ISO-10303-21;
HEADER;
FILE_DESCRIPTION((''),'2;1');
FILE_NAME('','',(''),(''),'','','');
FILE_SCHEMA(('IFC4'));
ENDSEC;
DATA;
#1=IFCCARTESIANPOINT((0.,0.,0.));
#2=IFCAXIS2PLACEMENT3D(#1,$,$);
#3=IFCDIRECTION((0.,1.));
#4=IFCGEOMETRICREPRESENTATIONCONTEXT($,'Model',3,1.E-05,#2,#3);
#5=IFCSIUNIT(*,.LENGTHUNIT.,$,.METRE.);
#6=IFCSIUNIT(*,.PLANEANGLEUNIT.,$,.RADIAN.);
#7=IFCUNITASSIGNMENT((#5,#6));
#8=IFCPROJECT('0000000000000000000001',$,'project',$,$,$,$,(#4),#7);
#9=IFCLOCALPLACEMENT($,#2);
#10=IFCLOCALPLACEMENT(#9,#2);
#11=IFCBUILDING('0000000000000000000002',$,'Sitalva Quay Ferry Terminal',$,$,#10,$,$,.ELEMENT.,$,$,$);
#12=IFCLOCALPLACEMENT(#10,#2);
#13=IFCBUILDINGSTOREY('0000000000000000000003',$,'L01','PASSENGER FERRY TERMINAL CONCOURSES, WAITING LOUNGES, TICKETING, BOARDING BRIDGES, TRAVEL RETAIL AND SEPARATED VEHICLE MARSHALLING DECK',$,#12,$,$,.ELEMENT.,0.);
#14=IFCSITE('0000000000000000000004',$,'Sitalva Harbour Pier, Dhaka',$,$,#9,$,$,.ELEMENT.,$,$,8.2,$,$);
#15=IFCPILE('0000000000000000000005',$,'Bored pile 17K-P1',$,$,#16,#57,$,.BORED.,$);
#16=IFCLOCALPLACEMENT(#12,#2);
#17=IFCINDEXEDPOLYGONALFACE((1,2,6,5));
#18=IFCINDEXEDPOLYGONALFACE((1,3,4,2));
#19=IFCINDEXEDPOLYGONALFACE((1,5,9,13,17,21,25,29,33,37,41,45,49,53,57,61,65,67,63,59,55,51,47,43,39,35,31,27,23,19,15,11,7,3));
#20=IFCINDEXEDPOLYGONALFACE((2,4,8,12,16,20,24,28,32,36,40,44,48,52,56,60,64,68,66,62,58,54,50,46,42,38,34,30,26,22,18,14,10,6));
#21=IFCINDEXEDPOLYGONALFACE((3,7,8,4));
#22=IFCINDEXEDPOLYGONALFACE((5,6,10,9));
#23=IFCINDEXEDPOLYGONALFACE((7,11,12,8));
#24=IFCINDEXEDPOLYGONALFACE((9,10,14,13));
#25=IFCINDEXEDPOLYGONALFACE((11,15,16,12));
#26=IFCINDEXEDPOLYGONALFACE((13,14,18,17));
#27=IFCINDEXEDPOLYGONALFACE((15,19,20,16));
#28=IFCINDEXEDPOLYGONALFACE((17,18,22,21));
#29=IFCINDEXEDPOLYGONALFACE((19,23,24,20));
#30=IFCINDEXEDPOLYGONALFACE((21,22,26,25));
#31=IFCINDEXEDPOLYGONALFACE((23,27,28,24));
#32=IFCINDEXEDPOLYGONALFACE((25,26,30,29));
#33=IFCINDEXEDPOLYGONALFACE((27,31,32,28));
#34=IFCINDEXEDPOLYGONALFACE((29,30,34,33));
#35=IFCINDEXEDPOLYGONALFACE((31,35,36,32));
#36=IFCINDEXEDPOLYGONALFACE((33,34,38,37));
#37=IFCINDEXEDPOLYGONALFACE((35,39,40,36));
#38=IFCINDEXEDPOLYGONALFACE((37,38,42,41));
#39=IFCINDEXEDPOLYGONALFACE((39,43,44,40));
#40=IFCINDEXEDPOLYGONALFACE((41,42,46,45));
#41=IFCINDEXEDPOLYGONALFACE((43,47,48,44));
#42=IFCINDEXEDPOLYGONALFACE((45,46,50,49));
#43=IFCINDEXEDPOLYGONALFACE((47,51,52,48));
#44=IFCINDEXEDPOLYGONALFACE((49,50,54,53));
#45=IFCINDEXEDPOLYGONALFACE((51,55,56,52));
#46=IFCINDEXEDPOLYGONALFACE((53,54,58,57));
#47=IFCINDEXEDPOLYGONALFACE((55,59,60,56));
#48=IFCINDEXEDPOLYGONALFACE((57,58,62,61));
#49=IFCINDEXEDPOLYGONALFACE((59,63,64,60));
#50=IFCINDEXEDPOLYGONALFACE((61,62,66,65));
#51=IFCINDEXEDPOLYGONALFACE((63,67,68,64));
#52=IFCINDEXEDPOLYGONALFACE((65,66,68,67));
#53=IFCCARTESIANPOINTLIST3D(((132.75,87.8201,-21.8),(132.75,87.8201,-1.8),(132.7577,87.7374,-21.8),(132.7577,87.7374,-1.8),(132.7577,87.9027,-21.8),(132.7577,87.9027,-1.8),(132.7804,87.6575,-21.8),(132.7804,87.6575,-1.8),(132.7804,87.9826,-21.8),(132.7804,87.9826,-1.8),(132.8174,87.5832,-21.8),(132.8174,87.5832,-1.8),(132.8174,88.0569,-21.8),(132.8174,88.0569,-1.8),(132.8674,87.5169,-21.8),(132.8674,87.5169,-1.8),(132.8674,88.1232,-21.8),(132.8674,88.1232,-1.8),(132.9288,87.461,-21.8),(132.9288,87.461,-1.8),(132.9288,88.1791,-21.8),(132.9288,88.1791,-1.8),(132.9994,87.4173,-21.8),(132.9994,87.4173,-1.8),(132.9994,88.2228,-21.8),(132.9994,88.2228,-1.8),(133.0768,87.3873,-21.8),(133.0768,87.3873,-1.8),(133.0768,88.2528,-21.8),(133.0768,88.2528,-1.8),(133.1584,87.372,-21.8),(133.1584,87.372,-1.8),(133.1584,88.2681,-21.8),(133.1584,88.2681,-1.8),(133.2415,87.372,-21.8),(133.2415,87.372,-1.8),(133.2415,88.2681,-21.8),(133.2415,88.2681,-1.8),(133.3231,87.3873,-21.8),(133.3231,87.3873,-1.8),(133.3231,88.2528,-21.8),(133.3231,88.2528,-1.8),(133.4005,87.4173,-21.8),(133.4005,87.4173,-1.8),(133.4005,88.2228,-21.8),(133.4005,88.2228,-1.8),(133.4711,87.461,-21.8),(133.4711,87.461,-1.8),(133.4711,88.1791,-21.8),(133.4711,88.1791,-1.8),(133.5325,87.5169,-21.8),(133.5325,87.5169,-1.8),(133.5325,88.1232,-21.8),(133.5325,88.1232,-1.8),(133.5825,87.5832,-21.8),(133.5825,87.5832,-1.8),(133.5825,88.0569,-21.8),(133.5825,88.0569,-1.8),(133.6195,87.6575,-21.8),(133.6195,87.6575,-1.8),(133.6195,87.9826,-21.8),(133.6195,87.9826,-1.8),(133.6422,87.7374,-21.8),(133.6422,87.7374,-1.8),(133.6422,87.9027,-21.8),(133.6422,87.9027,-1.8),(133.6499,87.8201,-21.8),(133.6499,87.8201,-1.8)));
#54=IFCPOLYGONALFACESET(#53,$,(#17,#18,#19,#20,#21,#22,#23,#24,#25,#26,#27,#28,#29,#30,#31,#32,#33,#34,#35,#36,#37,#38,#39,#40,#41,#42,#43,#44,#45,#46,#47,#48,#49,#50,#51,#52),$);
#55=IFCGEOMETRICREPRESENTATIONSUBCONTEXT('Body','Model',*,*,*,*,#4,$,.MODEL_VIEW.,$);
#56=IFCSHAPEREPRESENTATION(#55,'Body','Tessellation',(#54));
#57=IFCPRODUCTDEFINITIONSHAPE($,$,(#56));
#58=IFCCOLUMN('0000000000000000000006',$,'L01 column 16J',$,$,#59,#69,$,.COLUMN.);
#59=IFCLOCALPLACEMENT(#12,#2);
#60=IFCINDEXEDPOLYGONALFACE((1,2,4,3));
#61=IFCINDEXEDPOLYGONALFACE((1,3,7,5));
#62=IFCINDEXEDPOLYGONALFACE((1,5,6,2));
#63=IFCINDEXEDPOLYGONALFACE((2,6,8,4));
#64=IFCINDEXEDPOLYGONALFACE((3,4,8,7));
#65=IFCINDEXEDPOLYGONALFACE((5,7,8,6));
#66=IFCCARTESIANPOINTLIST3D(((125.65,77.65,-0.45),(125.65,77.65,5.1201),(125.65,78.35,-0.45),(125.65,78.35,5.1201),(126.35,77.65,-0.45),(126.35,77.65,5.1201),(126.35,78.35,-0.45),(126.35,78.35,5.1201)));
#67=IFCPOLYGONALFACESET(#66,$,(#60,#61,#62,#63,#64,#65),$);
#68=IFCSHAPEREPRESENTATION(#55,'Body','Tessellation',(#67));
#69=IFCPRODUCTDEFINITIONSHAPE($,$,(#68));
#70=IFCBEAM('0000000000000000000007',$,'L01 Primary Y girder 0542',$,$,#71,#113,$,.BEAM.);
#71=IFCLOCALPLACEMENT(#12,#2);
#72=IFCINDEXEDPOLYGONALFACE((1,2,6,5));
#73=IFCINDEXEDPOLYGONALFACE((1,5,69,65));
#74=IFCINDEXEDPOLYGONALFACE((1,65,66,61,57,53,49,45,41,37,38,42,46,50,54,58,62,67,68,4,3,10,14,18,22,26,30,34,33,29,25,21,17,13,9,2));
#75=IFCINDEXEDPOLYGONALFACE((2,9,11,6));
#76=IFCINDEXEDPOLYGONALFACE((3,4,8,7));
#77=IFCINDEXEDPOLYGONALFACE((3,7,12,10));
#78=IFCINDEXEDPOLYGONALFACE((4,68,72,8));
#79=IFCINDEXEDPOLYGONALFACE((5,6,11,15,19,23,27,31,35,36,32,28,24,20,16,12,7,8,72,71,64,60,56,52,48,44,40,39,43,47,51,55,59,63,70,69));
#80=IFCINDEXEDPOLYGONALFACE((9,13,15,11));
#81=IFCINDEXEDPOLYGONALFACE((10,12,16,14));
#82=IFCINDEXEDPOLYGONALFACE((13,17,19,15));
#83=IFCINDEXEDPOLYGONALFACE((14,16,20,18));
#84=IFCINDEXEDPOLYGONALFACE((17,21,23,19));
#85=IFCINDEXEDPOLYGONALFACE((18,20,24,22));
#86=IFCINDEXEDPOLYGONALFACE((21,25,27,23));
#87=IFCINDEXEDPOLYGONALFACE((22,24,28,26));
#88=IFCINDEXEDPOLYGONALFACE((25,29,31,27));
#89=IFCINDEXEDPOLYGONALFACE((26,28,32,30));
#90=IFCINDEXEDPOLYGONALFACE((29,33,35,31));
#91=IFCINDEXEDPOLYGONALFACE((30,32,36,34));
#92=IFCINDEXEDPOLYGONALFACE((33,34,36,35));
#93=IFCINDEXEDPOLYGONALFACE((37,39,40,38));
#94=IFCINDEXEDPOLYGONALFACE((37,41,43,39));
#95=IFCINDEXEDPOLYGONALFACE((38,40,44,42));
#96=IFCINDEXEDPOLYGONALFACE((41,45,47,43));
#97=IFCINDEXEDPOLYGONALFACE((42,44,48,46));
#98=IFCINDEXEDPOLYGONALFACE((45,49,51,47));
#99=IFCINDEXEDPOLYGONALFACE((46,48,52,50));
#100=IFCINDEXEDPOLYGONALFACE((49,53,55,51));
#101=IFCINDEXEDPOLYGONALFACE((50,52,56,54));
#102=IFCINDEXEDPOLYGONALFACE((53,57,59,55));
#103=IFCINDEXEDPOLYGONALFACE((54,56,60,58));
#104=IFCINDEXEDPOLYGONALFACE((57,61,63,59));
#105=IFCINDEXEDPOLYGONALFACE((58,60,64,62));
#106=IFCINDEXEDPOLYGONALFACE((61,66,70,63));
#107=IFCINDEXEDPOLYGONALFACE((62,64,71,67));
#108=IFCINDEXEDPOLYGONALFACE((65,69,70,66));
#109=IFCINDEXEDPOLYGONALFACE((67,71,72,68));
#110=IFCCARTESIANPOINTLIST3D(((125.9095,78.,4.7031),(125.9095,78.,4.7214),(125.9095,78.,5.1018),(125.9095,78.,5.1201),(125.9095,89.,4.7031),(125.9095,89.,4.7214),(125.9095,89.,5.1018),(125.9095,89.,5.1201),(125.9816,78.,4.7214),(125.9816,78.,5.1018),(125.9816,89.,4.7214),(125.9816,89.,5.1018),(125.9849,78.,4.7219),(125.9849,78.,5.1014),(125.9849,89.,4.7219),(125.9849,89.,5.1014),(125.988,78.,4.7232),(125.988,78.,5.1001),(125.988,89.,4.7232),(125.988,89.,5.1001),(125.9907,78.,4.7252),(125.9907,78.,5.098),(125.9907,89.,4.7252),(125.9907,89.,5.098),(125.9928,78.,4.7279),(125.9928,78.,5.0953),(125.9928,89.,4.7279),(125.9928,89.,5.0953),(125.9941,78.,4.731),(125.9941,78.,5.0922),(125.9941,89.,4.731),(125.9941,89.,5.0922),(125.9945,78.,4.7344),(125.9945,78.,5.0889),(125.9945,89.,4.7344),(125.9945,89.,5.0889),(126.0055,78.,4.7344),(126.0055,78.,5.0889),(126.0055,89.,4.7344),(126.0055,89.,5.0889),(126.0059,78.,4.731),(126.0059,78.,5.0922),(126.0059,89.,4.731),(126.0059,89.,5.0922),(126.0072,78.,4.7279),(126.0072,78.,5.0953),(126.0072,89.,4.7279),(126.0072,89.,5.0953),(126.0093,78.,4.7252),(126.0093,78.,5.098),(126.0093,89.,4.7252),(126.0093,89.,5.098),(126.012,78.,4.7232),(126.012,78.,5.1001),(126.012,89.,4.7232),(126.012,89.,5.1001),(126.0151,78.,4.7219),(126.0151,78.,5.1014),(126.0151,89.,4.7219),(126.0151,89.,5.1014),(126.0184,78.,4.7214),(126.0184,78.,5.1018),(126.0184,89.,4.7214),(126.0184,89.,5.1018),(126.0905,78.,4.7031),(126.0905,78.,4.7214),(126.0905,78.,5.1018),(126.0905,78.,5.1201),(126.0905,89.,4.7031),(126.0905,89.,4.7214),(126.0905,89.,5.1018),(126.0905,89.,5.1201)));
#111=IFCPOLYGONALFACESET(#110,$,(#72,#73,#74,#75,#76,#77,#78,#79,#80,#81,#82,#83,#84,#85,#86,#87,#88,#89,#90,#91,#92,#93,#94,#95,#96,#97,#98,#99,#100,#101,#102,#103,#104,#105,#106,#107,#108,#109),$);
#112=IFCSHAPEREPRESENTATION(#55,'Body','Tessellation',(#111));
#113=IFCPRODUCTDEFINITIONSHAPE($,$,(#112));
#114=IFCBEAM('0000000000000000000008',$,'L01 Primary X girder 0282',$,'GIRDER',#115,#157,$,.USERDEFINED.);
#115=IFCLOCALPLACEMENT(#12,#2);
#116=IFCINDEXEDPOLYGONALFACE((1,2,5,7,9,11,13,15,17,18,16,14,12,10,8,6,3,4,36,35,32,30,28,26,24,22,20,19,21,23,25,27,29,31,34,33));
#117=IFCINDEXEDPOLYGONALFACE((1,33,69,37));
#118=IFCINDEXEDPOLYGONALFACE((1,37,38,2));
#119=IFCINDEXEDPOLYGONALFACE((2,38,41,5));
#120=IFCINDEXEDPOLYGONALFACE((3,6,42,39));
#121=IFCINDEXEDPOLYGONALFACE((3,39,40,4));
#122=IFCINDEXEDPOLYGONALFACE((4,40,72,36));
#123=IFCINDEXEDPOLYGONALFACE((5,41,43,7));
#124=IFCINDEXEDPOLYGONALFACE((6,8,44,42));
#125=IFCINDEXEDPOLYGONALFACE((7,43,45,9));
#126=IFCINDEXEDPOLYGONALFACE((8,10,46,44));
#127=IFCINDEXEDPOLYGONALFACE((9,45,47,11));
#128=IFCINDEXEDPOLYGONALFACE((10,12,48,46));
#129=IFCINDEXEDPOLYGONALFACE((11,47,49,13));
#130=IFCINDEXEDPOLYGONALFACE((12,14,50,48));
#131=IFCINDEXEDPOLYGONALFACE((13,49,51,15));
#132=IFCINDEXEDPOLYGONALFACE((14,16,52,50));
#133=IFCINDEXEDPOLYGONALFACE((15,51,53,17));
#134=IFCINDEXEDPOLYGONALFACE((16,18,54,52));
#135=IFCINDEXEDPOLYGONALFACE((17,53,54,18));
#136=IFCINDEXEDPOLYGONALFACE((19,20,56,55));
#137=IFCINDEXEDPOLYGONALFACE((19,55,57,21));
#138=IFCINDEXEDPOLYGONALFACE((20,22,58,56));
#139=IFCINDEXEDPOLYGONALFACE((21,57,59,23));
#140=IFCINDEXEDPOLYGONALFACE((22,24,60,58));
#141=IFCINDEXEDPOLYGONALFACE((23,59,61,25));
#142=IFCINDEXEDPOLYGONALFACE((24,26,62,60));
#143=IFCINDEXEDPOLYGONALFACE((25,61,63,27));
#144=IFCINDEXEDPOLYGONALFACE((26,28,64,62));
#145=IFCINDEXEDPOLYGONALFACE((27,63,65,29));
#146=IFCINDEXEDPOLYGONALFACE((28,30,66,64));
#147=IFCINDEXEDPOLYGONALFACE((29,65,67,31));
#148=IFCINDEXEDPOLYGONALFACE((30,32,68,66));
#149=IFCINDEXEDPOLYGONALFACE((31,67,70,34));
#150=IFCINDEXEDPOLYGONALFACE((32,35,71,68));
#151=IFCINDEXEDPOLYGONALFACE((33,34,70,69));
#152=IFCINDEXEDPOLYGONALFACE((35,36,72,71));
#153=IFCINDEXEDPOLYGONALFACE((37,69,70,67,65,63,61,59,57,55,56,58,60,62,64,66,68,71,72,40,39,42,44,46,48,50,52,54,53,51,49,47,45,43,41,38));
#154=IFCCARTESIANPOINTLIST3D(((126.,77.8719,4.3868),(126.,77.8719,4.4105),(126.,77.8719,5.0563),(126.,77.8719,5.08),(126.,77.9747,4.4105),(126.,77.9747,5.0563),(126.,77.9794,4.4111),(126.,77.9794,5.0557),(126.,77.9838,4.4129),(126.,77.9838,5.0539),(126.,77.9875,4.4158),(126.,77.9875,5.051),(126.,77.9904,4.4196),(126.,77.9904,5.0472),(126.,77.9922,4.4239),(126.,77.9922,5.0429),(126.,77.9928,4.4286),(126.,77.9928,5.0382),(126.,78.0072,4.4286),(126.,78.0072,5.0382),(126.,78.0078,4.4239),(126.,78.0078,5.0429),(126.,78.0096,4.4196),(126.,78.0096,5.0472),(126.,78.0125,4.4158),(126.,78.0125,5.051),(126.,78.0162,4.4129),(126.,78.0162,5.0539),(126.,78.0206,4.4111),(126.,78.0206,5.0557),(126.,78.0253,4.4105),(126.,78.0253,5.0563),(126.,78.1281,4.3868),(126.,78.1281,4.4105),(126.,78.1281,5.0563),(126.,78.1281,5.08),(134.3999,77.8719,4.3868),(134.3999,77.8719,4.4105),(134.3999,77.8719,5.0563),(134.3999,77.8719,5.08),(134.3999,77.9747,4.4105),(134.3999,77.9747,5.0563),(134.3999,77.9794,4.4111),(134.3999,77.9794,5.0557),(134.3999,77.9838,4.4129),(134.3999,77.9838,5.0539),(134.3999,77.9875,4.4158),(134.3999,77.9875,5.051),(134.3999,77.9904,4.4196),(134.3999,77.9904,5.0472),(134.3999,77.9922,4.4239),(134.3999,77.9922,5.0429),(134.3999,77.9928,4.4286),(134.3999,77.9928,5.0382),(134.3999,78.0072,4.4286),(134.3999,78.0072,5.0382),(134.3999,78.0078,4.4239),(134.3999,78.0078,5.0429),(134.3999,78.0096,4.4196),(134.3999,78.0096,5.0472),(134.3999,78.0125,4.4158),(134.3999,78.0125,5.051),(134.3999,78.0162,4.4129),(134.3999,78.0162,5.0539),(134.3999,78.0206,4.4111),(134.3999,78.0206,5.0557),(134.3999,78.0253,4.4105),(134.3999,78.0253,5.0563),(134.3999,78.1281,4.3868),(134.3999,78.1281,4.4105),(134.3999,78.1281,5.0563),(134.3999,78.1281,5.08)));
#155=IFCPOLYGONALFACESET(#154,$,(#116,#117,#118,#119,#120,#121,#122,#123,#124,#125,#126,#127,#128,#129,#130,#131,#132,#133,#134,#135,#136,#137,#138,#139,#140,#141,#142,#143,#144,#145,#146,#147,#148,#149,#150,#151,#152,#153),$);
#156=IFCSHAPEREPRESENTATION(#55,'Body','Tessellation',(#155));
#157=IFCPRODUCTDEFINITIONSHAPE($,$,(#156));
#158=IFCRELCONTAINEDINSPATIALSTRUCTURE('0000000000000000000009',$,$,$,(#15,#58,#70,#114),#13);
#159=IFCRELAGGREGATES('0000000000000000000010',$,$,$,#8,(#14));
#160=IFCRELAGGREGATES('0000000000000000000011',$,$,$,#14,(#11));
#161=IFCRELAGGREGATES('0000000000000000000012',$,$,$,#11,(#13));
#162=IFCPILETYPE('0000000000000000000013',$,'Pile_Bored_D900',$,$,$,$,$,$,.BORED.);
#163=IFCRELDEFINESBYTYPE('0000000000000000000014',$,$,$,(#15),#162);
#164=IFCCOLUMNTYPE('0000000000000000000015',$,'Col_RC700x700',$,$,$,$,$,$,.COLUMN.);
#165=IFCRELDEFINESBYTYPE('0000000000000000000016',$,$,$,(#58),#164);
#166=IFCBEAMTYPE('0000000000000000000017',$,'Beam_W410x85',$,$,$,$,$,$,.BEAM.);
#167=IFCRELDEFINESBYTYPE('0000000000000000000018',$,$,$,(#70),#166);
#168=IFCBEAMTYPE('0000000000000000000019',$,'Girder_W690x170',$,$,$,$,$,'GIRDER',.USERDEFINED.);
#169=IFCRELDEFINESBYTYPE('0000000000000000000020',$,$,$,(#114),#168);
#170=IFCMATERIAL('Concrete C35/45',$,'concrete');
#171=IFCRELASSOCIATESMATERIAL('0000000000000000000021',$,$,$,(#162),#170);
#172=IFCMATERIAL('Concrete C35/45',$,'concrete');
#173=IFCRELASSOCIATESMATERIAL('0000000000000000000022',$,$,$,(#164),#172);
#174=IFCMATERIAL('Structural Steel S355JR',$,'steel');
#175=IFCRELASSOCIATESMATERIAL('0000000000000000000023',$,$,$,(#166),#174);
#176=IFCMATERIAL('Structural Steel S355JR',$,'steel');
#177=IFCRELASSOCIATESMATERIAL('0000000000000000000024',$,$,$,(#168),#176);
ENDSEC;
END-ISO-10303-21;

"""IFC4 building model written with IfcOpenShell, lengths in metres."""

from ifc_helpers import new_model, si_unit, direction, frame, origin, origin_2d, place, context, subcontext, project, spatial, rectangle, circle, i_section, extrude, material, material_profile, profile_set, type_object, element, save


model = new_model("IFC4")

# Units and contexts
model_context = context("Model", 3, precision=1e-05, world=origin(), true_north=direction((0.0, 1.0)))
body_context = subcontext(model_context, "Body", "Model", "MODEL_VIEW")
ifc_project = project(units=[si_unit("LENGTHUNIT", "METRE"), si_unit("PLANEANGLEUNIT", "RADIAN")], contexts=[model_context])

# Site, building, storey
site_placement = place(None, origin())
site = spatial("IfcSite", under=ifc_project, at=site_placement, Name="Sitalva Harbour Pier, Dhaka", CompositionType="ELEMENT", RefElevation=8.2)
building_placement = place(site_placement, origin())
building = spatial("IfcBuilding", under=site, at=building_placement, Name="Sitalva Quay Ferry Terminal", CompositionType="ELEMENT")
storey_placement = place(building_placement, origin())
storey = spatial("IfcBuildingStorey", under=building, at=storey_placement, Name="L01", Description="PASSENGER FERRY TERMINAL CONCOURSES, WAITING LOUNGES, TICKETING, BOARDING BRIDGES, TRAVEL RETAIL AND SEPARATED VEHICLE MARSHALLING DECK", CompositionType="ELEMENT", Elevation=0.0)

# Pile
ifc_material_1 = material(Name="Concrete C35/45", Category="concrete")
ifc_material_profile_1 = material_profile(ifc_material_1, circle(Radius=0.45, at=origin_2d()), Name="PILE-D900")
ifc_profile_set_1 = profile_set([ifc_material_profile_1], Name="Concrete C35/45")
pile_type_1 = type_object("IfcPileType", Name="Pile_Bored_D900", PredefinedType="BORED", material=ifc_profile_set_1)
pile_placement = place(storey_placement, frame((133.2, 87.8201, -1.8), z_axis=(0.0, 0.0, -1.0), x_axis=(1.0, 0.0, 0.0)))
element("IfcPile", 1, at=pile_placement, inside=storey, type_object=pile_type_1, Name="Bored pile 17K-P1", PredefinedType="BORED", context=body_context, shape_type="SweptSolid", body=[
    extrude(circle(Radius=0.45, at=origin_2d()), origin(), (0.0, 0.0, 1.0), 20.0),
])

# Column
ifc_material_2 = material(Name="Concrete C35/45", Category="concrete")
ifc_material_profile_2 = material_profile(ifc_material_2, rectangle(XDim=0.7, YDim=0.7, at=origin_2d()), Name="RC700x700")
ifc_profile_set_2 = profile_set([ifc_material_profile_2], Name="Concrete C35/45")
column_type = type_object("IfcColumnType", Name="Col_RC700x700", PredefinedType="COLUMN", material=ifc_profile_set_2)
column_placement = place(storey_placement, frame((126.0, 78.0, -0.45), z_axis=(0.0, 0.0, 1.0), x_axis=(1.0, 0.0, 0.0)))
element("IfcColumn", 2, at=column_placement, inside=storey, type_object=column_type, Name="L01 column 16J", PredefinedType="COLUMN", context=body_context, shape_type="SweptSolid", body=[
    extrude(rectangle(XDim=0.7, YDim=0.7, at=origin_2d()), origin(), (0.0, 0.0, 1.0), 5.5701),
])

# Beams
ifc_material_3 = material(Name="Structural Steel S355JR", Category="steel")
ifc_material_profile_3 = material_profile(ifc_material_3, i_section(OverallWidth=0.1809, OverallDepth=0.417, WebThickness=0.011, FlangeThickness=0.0183, FilletRadius=0.0129, at=origin_2d()), Name="W410x85")
ifc_profile_set_3 = profile_set([ifc_material_profile_3], Name="Structural Steel S355JR")
beam_type_1 = type_object("IfcBeamType", Name="Beam_W410x85", PredefinedType="BEAM", material=ifc_profile_set_3)
beam_1_placement = place(storey_placement, frame((126.0, 78.0, 4.9116), z_axis=(0.0, 1.0, 0.0), x_axis=(-1.0, 0.0, 0.0)))
element("IfcBeam", 3, at=beam_1_placement, inside=storey, type_object=beam_type_1, Name="L01 Primary Y girder 0542", PredefinedType="BEAM", context=body_context, shape_type="SweptSolid", body=[
    extrude(i_section(OverallWidth=0.1809, OverallDepth=0.417, WebThickness=0.011, FlangeThickness=0.0183, FilletRadius=0.0129, at=origin_2d()), origin(), (0.0, 0.0, 1.0), 11.0),
])
ifc_material_4 = material(Name="Structural Steel S355JR", Category="steel")
ifc_material_profile_4 = material_profile(ifc_material_4, i_section(OverallWidth=0.2561, OverallDepth=0.6931, WebThickness=0.0144, FlangeThickness=0.0237, FilletRadius=0.0181, at=origin_2d()), Name="W690x170")
ifc_profile_set_4 = profile_set([ifc_material_profile_4], Name="Structural Steel S355JR")
beam_type_2 = type_object("IfcBeamType", Name="Girder_W690x170", ElementType="GIRDER", PredefinedType="USERDEFINED", material=ifc_profile_set_4)
beam_2_placement = place(storey_placement, frame((126.0, 78.0, 4.7334), z_axis=(1.0, 0.0, 0.0), x_axis=(0.0, 1.0, 0.0)))
element("IfcBeam", 4, at=beam_2_placement, inside=storey, type_object=beam_type_2, Name="L01 Primary X girder 0282", ObjectType="GIRDER", PredefinedType="USERDEFINED", context=body_context, shape_type="SweptSolid", body=[
    extrude(i_section(OverallWidth=0.2561, OverallDepth=0.6931, WebThickness=0.0144, FlangeThickness=0.0237, FilletRadius=0.0181, at=origin_2d()), origin(), (0.0, 0.0, 1.0), 8.3999),
])

save(model, "model.ifc")
